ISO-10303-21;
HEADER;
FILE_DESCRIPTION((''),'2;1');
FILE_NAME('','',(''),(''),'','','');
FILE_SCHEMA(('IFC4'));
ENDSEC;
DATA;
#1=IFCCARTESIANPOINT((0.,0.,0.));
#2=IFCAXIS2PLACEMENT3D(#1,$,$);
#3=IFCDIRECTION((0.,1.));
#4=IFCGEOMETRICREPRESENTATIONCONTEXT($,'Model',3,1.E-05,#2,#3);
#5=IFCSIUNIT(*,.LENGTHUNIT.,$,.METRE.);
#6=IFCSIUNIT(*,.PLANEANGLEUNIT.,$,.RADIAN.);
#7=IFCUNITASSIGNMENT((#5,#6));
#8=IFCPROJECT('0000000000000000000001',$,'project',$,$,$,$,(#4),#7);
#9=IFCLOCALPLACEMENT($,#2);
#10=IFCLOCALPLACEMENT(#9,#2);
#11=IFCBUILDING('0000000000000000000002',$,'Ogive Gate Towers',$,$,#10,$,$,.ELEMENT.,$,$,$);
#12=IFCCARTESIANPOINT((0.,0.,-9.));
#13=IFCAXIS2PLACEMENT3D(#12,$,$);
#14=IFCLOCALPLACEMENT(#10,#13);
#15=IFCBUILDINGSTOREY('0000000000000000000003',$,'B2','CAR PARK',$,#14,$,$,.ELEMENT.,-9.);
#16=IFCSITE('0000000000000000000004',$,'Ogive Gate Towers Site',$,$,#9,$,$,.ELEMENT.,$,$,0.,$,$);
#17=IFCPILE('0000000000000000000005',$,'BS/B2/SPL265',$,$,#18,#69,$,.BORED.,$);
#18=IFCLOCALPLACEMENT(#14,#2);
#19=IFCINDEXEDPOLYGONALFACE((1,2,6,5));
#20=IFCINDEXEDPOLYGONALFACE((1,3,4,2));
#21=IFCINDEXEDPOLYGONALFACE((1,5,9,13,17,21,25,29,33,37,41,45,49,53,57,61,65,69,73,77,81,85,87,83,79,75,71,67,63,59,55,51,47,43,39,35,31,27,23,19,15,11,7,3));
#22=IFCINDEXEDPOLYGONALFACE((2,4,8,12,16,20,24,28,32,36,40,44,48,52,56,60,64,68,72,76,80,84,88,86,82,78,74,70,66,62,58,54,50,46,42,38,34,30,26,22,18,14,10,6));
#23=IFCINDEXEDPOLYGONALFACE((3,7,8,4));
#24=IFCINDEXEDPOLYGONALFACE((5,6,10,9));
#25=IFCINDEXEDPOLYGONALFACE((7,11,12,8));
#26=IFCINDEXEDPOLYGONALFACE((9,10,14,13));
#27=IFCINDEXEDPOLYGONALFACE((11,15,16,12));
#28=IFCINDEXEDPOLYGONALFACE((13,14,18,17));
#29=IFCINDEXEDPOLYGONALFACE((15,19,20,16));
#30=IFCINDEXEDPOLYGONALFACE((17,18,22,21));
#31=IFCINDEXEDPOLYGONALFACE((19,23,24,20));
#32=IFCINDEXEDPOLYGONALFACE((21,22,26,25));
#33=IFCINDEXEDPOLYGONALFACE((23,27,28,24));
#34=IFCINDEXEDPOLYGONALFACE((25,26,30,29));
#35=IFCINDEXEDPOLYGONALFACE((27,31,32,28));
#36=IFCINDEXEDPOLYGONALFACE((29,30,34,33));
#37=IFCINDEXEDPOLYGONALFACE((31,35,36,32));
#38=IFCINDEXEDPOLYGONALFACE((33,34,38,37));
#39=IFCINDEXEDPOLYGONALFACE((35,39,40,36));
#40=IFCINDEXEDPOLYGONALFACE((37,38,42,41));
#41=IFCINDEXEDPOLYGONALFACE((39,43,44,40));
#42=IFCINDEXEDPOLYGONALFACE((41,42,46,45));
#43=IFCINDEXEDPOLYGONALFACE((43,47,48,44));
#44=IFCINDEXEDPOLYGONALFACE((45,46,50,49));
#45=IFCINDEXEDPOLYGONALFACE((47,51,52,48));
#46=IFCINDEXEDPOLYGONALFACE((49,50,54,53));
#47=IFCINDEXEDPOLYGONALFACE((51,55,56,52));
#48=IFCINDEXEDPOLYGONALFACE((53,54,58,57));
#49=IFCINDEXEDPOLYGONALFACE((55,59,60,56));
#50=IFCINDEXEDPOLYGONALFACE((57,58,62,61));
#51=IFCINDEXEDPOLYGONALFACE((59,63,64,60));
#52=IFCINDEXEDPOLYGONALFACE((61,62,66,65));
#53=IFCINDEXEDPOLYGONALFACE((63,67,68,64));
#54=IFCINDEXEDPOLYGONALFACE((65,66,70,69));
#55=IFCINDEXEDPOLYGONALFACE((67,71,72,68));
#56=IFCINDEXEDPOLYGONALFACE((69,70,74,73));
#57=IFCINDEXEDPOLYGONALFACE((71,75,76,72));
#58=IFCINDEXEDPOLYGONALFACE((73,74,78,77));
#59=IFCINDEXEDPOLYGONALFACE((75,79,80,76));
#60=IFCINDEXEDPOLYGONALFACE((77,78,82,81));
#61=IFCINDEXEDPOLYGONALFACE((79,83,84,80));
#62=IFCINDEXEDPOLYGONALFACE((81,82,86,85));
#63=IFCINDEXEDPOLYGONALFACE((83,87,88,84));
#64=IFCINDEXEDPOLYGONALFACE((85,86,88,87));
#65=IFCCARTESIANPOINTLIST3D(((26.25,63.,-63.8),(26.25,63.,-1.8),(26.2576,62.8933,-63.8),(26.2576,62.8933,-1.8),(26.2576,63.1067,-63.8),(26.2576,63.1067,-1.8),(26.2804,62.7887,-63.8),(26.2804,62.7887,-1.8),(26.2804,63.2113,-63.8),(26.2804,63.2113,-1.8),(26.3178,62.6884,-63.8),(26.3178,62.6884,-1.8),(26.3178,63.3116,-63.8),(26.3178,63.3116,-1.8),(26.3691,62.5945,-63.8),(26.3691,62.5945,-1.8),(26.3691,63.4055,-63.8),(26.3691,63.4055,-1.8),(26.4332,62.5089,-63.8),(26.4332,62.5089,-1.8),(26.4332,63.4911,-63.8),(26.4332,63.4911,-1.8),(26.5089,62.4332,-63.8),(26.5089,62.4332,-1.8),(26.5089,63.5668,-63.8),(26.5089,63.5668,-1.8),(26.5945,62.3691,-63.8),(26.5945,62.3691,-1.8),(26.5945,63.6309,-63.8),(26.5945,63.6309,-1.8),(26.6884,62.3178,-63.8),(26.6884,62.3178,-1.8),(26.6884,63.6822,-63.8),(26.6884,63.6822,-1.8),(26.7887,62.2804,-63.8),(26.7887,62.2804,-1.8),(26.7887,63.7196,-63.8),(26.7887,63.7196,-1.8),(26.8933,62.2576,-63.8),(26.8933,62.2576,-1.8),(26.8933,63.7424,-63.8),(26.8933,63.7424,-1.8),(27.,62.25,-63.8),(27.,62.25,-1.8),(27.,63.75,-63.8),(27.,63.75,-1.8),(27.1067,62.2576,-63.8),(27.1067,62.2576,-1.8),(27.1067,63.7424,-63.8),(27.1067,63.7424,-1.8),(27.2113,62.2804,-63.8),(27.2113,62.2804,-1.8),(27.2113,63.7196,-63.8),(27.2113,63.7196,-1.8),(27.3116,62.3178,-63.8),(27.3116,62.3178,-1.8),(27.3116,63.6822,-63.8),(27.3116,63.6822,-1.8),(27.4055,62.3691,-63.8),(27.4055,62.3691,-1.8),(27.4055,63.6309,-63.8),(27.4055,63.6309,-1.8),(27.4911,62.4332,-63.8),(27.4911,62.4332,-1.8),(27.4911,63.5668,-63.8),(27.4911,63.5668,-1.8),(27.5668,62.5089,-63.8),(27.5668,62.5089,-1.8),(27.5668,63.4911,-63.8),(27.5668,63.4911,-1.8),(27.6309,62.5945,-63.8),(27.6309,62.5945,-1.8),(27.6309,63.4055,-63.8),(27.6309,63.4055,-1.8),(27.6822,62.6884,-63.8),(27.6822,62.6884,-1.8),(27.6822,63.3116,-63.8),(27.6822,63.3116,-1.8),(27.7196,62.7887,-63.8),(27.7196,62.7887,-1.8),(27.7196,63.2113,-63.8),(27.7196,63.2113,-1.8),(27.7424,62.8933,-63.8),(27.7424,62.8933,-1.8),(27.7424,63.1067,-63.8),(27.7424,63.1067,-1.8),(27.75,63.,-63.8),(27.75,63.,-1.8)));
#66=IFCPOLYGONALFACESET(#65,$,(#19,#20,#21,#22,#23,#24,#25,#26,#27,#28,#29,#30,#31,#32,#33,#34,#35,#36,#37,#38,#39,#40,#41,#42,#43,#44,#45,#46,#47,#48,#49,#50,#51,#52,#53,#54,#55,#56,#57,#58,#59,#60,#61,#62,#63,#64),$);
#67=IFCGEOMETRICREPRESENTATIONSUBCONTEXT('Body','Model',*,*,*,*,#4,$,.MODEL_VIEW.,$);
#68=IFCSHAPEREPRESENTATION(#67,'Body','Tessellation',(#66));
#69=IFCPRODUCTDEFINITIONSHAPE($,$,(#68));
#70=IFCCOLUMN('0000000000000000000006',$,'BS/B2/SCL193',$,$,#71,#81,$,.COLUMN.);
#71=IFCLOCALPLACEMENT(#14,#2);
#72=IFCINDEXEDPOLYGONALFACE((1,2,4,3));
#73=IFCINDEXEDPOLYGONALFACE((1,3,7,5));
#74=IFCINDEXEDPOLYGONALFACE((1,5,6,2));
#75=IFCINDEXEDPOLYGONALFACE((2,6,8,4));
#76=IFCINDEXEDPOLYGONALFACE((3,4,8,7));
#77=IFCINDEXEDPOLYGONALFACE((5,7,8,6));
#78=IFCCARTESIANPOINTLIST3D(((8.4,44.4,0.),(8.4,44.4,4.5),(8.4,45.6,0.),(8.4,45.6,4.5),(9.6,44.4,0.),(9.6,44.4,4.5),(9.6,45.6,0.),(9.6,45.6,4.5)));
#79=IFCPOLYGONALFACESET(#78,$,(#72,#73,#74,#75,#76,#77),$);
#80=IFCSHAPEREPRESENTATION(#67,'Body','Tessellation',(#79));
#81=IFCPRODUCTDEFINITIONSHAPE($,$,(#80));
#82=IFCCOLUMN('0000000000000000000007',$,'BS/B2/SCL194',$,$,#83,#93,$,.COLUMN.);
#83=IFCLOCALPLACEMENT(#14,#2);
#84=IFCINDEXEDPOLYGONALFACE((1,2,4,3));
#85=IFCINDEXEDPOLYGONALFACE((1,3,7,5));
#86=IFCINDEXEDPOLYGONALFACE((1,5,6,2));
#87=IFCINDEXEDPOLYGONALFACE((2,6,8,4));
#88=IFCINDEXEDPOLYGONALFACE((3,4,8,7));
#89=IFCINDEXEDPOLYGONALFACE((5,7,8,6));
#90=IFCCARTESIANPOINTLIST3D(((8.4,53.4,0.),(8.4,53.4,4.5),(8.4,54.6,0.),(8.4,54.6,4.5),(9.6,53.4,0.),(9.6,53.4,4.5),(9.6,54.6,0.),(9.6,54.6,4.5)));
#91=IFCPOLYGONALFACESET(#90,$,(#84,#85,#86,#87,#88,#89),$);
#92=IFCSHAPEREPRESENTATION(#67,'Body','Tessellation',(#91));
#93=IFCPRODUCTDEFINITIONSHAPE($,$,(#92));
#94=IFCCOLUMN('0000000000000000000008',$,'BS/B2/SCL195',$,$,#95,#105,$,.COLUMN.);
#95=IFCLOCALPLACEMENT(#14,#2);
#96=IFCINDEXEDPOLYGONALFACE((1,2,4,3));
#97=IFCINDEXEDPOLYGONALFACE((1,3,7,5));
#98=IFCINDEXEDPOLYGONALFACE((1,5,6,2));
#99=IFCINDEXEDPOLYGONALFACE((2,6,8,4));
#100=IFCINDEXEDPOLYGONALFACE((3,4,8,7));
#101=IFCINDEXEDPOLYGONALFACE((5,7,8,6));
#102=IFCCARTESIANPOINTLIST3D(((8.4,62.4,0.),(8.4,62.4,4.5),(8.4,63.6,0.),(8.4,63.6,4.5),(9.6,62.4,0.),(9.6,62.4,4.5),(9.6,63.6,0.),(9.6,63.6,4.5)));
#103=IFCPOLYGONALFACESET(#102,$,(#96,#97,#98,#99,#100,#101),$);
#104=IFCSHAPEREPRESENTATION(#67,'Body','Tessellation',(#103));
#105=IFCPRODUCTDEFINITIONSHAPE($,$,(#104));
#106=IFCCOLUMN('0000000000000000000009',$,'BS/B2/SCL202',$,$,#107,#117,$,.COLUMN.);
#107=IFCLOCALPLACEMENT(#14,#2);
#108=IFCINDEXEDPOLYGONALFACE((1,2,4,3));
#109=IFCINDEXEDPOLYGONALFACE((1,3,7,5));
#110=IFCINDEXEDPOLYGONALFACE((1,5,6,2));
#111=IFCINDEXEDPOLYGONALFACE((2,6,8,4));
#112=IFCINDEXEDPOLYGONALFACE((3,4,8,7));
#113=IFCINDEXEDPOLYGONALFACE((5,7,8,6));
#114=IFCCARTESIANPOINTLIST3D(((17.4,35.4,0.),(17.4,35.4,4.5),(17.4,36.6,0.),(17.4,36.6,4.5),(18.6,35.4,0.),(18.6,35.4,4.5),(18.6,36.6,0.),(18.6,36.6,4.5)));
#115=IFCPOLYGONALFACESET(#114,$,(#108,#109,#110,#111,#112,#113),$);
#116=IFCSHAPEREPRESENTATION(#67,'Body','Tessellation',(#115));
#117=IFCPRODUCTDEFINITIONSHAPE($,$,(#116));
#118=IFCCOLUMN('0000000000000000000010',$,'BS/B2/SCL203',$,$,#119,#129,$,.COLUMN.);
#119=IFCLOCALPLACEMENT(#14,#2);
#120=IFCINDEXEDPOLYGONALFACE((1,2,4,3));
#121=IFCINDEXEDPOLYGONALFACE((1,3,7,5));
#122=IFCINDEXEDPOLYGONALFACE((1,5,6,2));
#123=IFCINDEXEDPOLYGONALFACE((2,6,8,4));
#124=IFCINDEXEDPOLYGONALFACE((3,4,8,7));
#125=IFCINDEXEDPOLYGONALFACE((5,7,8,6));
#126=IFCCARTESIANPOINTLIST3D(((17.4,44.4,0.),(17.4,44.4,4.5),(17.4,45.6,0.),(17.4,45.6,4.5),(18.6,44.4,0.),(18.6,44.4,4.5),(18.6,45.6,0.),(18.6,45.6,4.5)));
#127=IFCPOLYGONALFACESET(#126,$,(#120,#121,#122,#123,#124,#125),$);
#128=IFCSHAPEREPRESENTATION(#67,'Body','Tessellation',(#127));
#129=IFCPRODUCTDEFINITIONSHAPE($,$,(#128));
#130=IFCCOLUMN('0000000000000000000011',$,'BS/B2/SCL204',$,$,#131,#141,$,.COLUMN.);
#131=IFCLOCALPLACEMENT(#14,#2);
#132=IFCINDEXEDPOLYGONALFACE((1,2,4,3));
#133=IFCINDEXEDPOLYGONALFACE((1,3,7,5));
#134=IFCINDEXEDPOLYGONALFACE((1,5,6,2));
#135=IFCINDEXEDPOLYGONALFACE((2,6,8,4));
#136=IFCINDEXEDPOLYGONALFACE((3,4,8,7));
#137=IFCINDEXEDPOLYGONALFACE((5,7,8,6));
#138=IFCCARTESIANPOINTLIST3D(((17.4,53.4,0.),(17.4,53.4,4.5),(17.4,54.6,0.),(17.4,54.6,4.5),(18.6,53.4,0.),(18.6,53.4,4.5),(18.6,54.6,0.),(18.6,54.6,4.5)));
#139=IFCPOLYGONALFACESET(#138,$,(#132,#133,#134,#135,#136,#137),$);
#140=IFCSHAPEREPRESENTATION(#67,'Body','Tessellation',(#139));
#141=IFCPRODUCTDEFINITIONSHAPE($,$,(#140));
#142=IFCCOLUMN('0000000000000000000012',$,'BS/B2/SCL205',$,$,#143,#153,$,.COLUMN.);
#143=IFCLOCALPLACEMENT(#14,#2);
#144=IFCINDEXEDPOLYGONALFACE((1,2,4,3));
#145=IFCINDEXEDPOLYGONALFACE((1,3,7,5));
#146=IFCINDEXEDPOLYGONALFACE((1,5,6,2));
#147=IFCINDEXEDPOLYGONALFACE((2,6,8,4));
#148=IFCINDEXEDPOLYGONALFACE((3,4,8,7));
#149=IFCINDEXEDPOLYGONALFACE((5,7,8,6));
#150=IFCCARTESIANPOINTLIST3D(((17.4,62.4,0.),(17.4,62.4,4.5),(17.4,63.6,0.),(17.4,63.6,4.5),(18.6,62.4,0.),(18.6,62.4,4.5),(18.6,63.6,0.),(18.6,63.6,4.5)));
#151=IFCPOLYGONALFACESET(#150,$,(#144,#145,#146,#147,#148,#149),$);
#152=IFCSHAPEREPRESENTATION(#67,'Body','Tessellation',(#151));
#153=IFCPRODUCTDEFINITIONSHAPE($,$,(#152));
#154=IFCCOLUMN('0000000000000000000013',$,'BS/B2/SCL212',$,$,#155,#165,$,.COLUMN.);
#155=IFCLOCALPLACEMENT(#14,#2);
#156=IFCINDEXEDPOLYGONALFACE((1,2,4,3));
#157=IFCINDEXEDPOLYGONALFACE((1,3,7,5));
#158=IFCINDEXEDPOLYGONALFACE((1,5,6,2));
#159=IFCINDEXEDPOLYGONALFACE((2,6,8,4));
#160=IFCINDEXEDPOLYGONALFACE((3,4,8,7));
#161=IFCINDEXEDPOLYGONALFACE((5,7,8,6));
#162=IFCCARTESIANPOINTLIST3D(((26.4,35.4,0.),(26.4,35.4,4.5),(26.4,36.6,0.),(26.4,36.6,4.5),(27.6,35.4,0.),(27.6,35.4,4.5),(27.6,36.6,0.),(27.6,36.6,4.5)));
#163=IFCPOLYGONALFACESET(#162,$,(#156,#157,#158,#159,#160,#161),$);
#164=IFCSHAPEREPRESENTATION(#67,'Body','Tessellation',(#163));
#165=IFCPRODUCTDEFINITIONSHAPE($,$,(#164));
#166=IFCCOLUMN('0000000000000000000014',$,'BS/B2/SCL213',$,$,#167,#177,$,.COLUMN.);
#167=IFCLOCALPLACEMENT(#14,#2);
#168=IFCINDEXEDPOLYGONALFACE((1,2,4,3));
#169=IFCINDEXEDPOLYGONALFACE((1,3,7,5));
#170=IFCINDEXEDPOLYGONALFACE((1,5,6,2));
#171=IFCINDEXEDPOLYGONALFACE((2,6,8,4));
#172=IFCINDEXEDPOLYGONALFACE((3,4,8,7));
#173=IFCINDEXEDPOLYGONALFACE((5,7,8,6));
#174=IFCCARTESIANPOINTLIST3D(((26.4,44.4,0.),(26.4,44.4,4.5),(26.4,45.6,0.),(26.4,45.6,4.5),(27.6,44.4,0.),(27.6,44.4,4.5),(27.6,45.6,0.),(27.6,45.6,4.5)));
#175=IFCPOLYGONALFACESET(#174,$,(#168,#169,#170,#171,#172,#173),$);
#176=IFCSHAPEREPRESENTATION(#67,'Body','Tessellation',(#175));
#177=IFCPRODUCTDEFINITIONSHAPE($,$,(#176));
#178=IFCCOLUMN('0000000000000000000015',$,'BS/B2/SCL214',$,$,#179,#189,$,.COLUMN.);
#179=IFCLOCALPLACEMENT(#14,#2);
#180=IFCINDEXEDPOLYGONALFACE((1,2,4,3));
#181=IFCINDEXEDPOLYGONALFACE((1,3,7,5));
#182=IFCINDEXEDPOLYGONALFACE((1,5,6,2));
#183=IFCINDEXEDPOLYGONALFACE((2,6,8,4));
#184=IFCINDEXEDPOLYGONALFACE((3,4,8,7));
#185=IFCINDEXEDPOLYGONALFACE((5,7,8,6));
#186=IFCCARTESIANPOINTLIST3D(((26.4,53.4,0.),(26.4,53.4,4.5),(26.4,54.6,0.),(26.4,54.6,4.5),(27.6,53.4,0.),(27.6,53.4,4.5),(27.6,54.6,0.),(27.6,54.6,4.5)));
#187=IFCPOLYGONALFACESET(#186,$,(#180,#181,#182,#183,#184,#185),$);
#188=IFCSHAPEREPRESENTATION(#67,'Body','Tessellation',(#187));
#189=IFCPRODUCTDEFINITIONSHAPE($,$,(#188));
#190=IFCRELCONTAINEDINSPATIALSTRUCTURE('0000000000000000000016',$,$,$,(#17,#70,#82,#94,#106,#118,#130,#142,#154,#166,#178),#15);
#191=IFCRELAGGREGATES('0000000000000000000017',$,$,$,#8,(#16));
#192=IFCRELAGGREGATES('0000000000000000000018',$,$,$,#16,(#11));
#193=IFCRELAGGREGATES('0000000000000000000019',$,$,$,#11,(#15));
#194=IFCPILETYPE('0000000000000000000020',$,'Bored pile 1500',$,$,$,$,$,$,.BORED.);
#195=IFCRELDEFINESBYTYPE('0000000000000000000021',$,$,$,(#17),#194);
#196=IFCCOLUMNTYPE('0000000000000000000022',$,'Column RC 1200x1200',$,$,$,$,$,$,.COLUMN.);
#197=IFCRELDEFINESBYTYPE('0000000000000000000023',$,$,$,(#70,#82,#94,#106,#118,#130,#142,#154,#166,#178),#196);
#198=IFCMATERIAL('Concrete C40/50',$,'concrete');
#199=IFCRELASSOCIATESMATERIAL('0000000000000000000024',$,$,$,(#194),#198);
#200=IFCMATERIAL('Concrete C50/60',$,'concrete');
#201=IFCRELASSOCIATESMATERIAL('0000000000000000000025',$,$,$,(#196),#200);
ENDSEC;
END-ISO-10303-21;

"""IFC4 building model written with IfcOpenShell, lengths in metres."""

from ifc_helpers import new_model, si_unit, direction, frame, origin, origin_2d, place, context, subcontext, project, spatial, rectangle, circle, extrude, material, material_profile, profile_set, type_object, element, save


model = new_model("IFC4")

# Units and contexts
model_context = context("Model", 3, precision=1e-05, world=origin(), true_north=direction((0.0, 1.0)))
body_context = subcontext(model_context, "Body", "Model", "MODEL_VIEW")
ifc_project = project(units=[si_unit("LENGTHUNIT", "METRE"), si_unit("PLANEANGLEUNIT", "RADIAN")], contexts=[model_context])

# Site, building, storey
site_placement = place(None, origin())
site = spatial("IfcSite", under=ifc_project, at=site_placement, Name="Ogive Gate Towers Site", CompositionType="ELEMENT", RefElevation=0.0)
building_placement = place(site_placement, origin())
building = spatial("IfcBuilding", under=site, at=building_placement, Name="Ogive Gate Towers", CompositionType="ELEMENT")
storey_placement = place(building_placement, frame((0.0, 0.0, -9.0)))
storey = spatial("IfcBuildingStorey", under=building, at=storey_placement, Name="B2", Description="CAR PARK", CompositionType="ELEMENT", Elevation=-9.0)

# Pile
ifc_material_1 = material(Name="Concrete C40/50", Category="concrete")
ifc_material_profile_1 = material_profile(ifc_material_1, circle(Radius=0.75, at=origin_2d()), Name="BP 1500")
ifc_profile_set_1 = profile_set([ifc_material_profile_1], Name="Concrete C40/50")
pile_type = type_object("IfcPileType", Name="Bored pile 1500", PredefinedType="BORED", material=ifc_profile_set_1)
for number, where, z_axis, x_axis, name in (
    (1, (27.0, 63.0, -1.8), (0.0, 0.0, -1.0), (1.0, 0.0, 0.0), "BS/B2/SPL265"),
):
    element("IfcPile", number, at=place(storey_placement, frame(where, z_axis=z_axis, x_axis=x_axis)), inside=storey, type_object=pile_type, Name=name, PredefinedType="BORED", context=body_context, shape_type="SweptSolid", body=[
        extrude(circle(Radius=0.75, at=origin_2d()), origin(), (0.0, 0.0, 1.0), 62.0),
    ])

# Columns
ifc_material_2 = material(Name="Concrete C50/60", Category="concrete")
ifc_material_profile_2 = material_profile(ifc_material_2, rectangle(XDim=1.2, YDim=1.2, at=origin_2d()), Name="RC 1200x1200")
ifc_profile_set_2 = profile_set([ifc_material_profile_2], Name="Concrete C50/60")
column_type = type_object("IfcColumnType", Name="Column RC 1200x1200", PredefinedType="COLUMN", material=ifc_profile_set_2)
for number, where, z_axis, x_axis, name in (
    (2, (9.0, 45.0, 0.0), (0.0, 0.0, 1.0), (1.0, 0.0, 0.0), "BS/B2/SCL193"),
    (3, (9.0, 54.0, 0.0), (0.0, 0.0, 1.0), (1.0, 0.0, 0.0), "BS/B2/SCL194"),
    (4, (9.0, 63.0, 0.0), (0.0, 0.0, 1.0), (1.0, 0.0, 0.0), "BS/B2/SCL195"),
    (5, (18.0, 36.0, 0.0), (0.0, 0.0, 1.0), (1.0, 0.0, 0.0), "BS/B2/SCL202"),
    (6, (18.0, 45.0, 0.0), (0.0, 0.0, 1.0), (1.0, 0.0, 0.0), "BS/B2/SCL203"),
    (7, (18.0, 54.0, 0.0), (0.0, 0.0, 1.0), (1.0, 0.0, 0.0), "BS/B2/SCL204"),
    (8, (18.0, 63.0, 0.0), (0.0, 0.0, 1.0), (1.0, 0.0, 0.0), "BS/B2/SCL205"),
    (9, (27.0, 36.0, 0.0), (0.0, 0.0, 1.0), (1.0, 0.0, 0.0), "BS/B2/SCL212"),
    (10, (27.0, 45.0, 0.0), (0.0, 0.0, 1.0), (1.0, 0.0, 0.0), "BS/B2/SCL213"),
    (11, (27.0, 54.0, 0.0), (0.0, 0.0, 1.0), (1.0, 0.0, 0.0), "BS/B2/SCL214"),
):
    element("IfcColumn", number, at=place(storey_placement, frame(where, z_axis=z_axis, x_axis=x_axis)), inside=storey, type_object=column_type, Name=name, PredefinedType="COLUMN", context=body_context, shape_type="SweptSolid", body=[
        extrude(rectangle(XDim=1.2, YDim=1.2, at=origin_2d()), origin(), (0.0, 0.0, 1.0), 4.5),
    ])

save(model, "model.ifc")
